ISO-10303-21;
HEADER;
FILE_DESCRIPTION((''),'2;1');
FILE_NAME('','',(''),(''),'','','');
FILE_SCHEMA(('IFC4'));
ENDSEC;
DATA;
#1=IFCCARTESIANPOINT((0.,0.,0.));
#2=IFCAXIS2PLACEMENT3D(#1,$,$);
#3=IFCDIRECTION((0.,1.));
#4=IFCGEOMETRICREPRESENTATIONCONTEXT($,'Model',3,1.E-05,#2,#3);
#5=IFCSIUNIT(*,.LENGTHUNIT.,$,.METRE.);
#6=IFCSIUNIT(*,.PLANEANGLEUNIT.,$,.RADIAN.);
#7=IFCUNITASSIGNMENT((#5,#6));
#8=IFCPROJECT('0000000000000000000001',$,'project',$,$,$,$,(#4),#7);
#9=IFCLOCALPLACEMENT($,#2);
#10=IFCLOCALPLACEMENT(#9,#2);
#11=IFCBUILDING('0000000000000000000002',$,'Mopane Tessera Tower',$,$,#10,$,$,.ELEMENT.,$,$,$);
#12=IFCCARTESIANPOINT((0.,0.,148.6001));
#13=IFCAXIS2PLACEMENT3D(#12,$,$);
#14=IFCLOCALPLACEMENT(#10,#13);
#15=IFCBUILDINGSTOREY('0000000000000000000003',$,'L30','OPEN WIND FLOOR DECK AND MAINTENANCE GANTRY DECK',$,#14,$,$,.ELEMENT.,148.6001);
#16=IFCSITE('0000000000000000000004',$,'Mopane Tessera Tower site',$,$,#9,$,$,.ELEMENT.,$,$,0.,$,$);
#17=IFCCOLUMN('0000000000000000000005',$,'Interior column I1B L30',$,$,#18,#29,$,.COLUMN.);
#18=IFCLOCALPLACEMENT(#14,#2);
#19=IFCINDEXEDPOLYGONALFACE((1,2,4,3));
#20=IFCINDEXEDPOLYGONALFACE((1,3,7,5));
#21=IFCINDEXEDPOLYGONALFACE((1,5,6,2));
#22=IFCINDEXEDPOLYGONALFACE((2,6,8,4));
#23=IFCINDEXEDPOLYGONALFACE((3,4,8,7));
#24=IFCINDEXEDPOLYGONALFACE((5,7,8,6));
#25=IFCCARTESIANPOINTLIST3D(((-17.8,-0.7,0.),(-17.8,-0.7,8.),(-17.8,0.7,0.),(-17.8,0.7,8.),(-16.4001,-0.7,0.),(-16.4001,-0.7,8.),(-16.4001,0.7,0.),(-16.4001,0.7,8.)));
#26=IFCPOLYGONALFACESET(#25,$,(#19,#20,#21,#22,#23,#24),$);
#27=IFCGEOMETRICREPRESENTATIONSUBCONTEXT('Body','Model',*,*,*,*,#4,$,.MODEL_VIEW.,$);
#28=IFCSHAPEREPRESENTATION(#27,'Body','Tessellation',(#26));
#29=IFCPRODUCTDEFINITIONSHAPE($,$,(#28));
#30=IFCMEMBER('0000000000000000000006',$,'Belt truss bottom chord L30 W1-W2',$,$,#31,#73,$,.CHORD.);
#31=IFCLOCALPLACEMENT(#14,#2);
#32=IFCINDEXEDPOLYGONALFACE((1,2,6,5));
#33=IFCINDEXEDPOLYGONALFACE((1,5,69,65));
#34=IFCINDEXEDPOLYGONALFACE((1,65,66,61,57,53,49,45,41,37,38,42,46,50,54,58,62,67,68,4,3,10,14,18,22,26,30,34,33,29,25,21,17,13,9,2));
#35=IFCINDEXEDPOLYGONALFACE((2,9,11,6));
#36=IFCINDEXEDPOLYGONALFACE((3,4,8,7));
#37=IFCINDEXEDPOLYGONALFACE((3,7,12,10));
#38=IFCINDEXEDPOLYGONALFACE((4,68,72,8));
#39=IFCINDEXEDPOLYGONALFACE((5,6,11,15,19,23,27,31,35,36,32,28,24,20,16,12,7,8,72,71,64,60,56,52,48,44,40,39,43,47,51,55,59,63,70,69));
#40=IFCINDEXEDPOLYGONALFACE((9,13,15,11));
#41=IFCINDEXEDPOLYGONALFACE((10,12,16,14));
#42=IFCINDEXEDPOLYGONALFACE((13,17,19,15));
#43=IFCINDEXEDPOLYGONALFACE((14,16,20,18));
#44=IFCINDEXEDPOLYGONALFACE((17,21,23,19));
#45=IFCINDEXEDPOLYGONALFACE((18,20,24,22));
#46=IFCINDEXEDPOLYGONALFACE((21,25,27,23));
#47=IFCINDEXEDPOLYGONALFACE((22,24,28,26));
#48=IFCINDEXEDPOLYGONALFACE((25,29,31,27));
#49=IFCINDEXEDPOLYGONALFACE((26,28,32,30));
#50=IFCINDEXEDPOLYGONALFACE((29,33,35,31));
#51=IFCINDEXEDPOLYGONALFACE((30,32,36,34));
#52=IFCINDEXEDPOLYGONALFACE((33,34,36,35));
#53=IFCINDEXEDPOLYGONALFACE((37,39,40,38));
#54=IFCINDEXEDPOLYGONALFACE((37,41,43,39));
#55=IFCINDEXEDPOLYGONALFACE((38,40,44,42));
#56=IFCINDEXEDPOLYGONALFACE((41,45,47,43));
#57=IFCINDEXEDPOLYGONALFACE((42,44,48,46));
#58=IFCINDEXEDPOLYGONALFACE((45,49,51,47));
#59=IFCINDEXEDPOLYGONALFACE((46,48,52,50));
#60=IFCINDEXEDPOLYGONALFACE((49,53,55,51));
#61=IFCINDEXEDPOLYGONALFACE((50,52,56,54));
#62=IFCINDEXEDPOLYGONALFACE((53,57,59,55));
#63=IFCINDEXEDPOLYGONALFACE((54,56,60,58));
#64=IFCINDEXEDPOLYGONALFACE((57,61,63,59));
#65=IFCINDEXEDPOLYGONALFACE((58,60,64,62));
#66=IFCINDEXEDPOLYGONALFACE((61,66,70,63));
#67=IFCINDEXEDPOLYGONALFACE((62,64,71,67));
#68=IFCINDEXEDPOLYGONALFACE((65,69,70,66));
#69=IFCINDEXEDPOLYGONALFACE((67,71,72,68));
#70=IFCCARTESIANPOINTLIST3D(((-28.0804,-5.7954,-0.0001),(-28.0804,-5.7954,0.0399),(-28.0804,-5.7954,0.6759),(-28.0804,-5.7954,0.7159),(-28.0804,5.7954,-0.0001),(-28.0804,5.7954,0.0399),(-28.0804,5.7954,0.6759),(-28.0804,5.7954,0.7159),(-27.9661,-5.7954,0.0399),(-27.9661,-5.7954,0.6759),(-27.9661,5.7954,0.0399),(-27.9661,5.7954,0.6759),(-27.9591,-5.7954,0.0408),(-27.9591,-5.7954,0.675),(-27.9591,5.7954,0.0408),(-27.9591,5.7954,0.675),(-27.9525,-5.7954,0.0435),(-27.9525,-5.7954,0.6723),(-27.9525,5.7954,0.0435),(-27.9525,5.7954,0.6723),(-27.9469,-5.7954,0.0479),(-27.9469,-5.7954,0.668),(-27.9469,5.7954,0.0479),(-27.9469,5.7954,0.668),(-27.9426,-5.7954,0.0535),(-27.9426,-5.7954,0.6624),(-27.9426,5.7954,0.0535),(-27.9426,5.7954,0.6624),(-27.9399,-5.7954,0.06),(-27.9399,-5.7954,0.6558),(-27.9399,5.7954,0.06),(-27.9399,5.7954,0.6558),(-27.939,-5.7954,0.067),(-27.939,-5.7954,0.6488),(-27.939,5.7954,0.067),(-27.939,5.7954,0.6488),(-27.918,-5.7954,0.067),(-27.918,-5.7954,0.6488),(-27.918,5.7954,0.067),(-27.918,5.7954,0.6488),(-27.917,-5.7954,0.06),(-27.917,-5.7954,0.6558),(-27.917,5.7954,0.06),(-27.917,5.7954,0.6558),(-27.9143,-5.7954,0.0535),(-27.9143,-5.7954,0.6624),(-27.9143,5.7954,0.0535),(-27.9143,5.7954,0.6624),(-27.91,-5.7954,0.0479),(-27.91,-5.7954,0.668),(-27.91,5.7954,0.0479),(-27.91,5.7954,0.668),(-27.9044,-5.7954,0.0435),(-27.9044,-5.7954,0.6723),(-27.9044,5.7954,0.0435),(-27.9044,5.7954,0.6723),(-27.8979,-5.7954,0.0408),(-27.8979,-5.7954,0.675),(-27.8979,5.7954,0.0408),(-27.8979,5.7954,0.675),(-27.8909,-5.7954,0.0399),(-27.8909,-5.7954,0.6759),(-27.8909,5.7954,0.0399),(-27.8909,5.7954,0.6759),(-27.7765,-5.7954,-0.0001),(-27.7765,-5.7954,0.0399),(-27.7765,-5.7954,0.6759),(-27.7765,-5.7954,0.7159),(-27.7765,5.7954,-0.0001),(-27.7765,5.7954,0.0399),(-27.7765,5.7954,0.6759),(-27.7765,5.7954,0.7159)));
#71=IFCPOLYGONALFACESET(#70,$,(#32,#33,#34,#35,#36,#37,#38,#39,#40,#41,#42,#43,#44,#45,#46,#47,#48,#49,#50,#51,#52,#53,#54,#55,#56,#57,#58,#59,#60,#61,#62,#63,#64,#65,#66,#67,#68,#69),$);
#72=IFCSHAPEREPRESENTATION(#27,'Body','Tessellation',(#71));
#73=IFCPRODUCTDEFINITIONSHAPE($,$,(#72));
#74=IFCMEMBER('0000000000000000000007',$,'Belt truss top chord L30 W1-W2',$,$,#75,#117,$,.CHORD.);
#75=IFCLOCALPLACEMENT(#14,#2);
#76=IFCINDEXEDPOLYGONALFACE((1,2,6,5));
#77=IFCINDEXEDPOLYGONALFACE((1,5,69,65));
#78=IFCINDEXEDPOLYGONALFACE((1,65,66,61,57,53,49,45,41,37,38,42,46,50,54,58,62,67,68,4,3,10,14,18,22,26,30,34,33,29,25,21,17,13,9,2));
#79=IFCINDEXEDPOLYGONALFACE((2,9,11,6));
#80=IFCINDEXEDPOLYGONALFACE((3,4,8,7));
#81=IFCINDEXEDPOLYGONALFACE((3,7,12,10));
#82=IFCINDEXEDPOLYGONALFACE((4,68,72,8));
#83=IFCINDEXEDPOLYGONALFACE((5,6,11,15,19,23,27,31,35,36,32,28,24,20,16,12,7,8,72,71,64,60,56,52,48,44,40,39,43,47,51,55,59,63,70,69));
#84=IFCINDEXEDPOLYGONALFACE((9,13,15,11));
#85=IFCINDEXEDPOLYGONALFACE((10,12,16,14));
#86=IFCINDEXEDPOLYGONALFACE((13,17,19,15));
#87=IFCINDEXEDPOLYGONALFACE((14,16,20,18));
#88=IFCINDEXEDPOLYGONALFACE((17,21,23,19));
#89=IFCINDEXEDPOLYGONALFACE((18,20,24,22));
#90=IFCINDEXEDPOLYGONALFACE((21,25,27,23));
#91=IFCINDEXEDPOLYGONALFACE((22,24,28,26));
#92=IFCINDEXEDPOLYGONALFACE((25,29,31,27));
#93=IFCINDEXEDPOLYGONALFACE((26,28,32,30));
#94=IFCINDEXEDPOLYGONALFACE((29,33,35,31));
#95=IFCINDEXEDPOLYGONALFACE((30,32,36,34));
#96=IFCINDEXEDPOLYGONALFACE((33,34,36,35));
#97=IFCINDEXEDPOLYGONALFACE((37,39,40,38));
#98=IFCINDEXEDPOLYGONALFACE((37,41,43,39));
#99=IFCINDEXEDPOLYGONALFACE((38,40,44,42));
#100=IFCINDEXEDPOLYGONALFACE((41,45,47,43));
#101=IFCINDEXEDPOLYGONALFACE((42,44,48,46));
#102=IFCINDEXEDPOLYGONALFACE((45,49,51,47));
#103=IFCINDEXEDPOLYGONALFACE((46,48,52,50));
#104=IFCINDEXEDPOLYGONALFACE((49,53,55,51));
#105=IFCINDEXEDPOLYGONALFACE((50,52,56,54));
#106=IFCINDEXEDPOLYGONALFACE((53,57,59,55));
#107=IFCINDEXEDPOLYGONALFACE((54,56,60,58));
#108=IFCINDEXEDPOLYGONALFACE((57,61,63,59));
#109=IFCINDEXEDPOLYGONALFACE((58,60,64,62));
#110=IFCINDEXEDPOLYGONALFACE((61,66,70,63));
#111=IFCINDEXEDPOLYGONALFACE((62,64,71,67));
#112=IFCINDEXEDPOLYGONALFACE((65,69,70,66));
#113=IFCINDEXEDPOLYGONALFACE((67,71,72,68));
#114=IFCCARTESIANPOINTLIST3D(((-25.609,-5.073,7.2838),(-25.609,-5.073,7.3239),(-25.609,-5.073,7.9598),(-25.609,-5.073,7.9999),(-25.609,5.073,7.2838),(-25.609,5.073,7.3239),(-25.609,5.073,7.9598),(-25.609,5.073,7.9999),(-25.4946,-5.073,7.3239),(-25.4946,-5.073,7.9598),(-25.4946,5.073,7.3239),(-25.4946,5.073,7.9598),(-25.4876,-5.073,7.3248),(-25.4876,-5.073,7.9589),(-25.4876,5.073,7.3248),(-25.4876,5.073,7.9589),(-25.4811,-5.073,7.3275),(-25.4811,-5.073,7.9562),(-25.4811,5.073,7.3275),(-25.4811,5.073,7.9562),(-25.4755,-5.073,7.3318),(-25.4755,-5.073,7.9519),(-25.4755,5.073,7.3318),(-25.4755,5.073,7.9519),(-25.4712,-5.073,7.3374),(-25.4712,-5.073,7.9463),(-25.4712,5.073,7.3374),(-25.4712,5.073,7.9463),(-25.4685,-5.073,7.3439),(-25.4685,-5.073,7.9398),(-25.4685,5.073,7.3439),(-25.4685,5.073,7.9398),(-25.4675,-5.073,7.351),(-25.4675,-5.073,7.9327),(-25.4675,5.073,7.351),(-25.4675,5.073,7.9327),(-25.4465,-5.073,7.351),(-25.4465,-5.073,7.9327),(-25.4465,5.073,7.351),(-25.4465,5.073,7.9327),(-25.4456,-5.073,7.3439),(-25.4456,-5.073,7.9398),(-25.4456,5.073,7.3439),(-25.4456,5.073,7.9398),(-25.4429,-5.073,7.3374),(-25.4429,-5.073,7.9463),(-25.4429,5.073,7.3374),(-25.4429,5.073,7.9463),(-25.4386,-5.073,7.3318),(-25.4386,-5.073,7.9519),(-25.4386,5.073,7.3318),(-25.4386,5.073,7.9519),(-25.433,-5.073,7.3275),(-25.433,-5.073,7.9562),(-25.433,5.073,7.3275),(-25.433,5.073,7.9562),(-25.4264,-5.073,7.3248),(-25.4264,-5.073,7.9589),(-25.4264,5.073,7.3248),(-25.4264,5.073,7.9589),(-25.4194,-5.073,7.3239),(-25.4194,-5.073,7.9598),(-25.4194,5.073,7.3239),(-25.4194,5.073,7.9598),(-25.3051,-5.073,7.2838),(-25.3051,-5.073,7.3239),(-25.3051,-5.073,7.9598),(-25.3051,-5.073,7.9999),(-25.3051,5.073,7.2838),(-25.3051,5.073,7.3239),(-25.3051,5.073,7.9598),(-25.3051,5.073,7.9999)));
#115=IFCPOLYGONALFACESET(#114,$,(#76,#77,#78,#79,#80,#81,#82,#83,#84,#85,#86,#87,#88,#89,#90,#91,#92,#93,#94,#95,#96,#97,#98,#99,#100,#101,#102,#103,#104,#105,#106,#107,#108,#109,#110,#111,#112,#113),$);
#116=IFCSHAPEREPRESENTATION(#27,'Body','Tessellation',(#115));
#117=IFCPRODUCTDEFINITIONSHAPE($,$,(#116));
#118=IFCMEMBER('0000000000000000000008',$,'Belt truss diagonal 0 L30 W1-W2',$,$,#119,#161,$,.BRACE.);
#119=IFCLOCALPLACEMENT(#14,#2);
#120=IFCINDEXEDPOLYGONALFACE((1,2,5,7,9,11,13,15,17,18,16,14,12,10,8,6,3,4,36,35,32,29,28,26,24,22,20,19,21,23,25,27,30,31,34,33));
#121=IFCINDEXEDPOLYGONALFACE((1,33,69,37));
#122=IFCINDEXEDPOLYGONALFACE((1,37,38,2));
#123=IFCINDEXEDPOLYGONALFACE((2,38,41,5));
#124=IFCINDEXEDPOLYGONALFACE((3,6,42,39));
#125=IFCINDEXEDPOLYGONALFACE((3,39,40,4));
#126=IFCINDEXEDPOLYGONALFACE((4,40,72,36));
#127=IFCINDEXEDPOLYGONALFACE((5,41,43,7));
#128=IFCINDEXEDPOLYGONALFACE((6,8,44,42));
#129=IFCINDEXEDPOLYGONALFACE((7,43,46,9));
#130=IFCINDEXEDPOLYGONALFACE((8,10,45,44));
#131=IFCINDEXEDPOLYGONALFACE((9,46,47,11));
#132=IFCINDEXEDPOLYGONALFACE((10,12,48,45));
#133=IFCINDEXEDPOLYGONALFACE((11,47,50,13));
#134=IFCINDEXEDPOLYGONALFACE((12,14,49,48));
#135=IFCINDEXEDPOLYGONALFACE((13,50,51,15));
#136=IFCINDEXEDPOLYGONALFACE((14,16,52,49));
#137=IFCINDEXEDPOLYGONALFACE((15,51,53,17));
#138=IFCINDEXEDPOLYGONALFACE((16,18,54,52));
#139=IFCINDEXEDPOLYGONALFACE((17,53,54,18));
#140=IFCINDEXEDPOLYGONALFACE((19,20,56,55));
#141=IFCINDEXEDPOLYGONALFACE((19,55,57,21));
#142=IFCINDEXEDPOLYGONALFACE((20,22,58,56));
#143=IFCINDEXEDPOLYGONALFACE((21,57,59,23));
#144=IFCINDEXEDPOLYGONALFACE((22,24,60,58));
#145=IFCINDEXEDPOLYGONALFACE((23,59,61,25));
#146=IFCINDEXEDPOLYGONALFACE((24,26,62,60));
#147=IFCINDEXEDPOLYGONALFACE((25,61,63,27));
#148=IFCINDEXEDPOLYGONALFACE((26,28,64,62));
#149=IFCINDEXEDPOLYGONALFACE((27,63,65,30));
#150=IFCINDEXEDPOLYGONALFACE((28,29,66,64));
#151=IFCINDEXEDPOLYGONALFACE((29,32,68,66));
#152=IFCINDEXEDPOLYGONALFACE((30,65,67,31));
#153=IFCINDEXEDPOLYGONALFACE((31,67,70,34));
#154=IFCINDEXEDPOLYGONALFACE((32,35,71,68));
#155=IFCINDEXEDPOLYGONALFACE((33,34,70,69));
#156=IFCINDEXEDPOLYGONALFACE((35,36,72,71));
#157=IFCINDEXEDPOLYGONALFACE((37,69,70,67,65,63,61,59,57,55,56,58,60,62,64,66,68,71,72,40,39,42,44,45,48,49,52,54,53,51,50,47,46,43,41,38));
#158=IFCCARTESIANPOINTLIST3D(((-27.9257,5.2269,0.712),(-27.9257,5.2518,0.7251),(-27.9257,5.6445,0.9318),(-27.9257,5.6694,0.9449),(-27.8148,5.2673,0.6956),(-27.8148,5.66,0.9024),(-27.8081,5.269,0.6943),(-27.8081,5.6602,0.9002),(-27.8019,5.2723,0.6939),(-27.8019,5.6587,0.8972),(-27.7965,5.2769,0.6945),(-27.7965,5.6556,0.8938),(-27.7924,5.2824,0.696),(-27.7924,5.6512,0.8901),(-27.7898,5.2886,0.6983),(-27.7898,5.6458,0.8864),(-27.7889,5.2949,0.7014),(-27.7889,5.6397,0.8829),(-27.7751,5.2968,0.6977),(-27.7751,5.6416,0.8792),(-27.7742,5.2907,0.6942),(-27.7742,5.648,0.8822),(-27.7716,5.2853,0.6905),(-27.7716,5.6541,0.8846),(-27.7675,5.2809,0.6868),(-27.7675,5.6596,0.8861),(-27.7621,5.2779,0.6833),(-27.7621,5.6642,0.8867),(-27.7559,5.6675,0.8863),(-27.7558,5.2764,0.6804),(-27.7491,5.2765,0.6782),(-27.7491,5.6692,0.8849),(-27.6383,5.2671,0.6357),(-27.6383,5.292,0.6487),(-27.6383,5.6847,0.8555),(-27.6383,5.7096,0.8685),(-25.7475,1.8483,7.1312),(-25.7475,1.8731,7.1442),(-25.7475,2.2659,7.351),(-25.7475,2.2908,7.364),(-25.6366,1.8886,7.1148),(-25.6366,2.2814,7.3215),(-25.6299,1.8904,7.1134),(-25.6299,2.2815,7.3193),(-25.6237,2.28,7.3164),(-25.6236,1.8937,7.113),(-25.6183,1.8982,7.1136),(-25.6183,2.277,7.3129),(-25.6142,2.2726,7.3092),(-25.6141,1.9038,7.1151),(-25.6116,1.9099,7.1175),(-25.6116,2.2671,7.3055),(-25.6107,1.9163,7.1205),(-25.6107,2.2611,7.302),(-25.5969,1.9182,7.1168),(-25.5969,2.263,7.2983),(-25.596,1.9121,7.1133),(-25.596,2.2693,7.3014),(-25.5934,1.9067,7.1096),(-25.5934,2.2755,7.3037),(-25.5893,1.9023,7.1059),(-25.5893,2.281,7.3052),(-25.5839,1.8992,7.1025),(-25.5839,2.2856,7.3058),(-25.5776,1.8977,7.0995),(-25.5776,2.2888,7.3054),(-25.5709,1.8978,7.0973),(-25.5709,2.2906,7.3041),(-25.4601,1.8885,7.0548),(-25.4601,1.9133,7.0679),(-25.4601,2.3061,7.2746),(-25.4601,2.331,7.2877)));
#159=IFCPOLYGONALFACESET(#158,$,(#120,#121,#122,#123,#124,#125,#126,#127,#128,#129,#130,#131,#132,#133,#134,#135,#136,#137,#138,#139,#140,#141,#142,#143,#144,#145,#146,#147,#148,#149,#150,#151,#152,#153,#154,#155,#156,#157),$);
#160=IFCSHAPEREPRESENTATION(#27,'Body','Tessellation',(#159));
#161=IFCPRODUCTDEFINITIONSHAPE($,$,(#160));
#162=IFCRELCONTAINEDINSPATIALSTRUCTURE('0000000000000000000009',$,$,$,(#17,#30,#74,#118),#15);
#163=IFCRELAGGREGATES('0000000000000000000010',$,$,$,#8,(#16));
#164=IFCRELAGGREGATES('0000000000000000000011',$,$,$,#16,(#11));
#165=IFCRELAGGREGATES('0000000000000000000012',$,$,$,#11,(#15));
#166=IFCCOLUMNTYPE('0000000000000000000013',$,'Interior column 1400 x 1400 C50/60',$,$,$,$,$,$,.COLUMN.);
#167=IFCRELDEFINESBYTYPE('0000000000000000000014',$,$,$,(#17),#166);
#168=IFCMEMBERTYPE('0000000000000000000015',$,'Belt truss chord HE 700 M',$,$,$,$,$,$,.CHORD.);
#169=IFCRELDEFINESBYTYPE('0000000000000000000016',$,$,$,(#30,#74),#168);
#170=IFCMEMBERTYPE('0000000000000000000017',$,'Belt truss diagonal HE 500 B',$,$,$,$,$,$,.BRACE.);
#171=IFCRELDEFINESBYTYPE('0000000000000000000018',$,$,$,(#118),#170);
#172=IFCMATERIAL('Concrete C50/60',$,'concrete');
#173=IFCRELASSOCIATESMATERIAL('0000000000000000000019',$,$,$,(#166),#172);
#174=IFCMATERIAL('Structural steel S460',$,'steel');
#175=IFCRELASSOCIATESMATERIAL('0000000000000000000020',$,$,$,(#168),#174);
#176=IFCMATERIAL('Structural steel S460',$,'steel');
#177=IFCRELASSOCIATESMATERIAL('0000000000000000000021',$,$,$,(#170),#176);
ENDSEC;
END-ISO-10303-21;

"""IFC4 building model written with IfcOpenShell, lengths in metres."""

from ifc_helpers import new_model, si_unit, direction, frame, origin, origin_2d, place, context, subcontext, project, spatial, rectangle, i_section, extrude, material, material_profile, profile_set, type_object, element, save


model = new_model("IFC4")

# Units and contexts
model_context = context("Model", 3, precision=1e-05, world=origin(), true_north=direction((0.0, 1.0)))
body_context = subcontext(model_context, "Body", "Model", "MODEL_VIEW")
ifc_project = project(units=[si_unit("LENGTHUNIT", "METRE"), si_unit("PLANEANGLEUNIT", "RADIAN")], contexts=[model_context])

# Site, building, storey
site_placement = place(None, origin())
site = spatial("IfcSite", under=ifc_project, at=site_placement, Name="Mopane Tessera Tower site", CompositionType="ELEMENT", RefElevation=0.0)
building_placement = place(site_placement, origin())
building = spatial("IfcBuilding", under=site, at=building_placement, Name="Mopane Tessera Tower", CompositionType="ELEMENT")
storey_placement = place(building_placement, frame((0.0, 0.0, 148.6001)))
storey = spatial("IfcBuildingStorey", under=building, at=storey_placement, Name="L30", Description="OPEN WIND FLOOR DECK AND MAINTENANCE GANTRY DECK", CompositionType="ELEMENT", Elevation=148.6001)

# Column
ifc_material_1 = material(Name="Concrete C50/60", Category="concrete")
ifc_material_profile_1 = material_profile(ifc_material_1, rectangle(XDim=1.3999, YDim=1.3999, at=origin_2d()))
ifc_profile_set_1 = profile_set([ifc_material_profile_1], Name="Concrete C50/60")
column_type = type_object("IfcColumnType", Name="Interior column 1400 x 1400 C50/60", PredefinedType="COLUMN", material=ifc_profile_set_1)
column_placement = place(storey_placement, frame((-17.1001, 0.0, 0.0), z_axis=(0.0, 0.0, 1.0), x_axis=(1.0, 0.0, 0.0)))
element("IfcColumn", 1, at=column_placement, inside=storey, type_object=column_type, Name="Interior column I1B L30", PredefinedType="COLUMN", context=body_context, shape_type="SweptSolid", body=[
    extrude(rectangle(XDim=1.3999, YDim=1.3999, at=origin_2d()), origin(), (0.0, 0.0, 1.0), 8.0),
])

# Members
ifc_material_2 = material(Name="Structural steel S460", Category="steel")
ifc_material_profile_2 = material_profile(ifc_material_2, i_section(OverallWidth=0.304, OverallDepth=0.7161, WebThickness=0.021, FlangeThickness=0.04, FilletRadius=0.0271, at=origin_2d()))
ifc_profile_set_2 = profile_set([ifc_material_profile_2], Name="Structural steel S460")
member_type_1 = type_object("IfcMemberType", Name="Belt truss chord HE 700 M", PredefinedType="CHORD", material=ifc_profile_set_2)
member_1_placement = place(storey_placement, frame((-27.9285, 5.7954, 0.3579), z_axis=(0.0, -1.0, 0.0), x_axis=(1.0, 0.0, 0.0)))
element("IfcMember", 2, at=member_1_placement, inside=storey, type_object=member_type_1, Name="Belt truss bottom chord L30 W1-W2", PredefinedType="CHORD", context=body_context, shape_type="SweptSolid", body=[
    extrude(i_section(OverallWidth=0.304, OverallDepth=0.7161, WebThickness=0.021, FlangeThickness=0.04, FilletRadius=0.0271, at=origin_2d()), origin(), (0.0, 0.0, 1.0), 11.5908),
])
member_2_placement = place(storey_placement, frame((-25.457, 5.073, 7.6418), z_axis=(0.0, -1.0, 0.0), x_axis=(1.0, 0.0, 0.0)))
element("IfcMember", 3, at=member_2_placement, inside=storey, type_object=member_type_1, Name="Belt truss top chord L30 W1-W2", PredefinedType="CHORD", context=body_context, shape_type="SweptSolid", body=[
    extrude(i_section(OverallWidth=0.304, OverallDepth=0.7161, WebThickness=0.021, FlangeThickness=0.04, FilletRadius=0.0271, at=origin_2d()), origin(), (0.0, 0.0, 1.0), 10.146),
])
ifc_material_3 = material(Name="Structural steel S460", Category="steel")
ifc_material_profile_3 = material_profile(ifc_material_3, i_section(OverallWidth=0.3, OverallDepth=0.5, WebThickness=0.0144, FlangeThickness=0.0281, FilletRadius=0.0271, at=origin_2d()))
ifc_profile_set_3 = profile_set([ifc_material_profile_3], Name="Structural steel S460")
member_type_2 = type_object("IfcMemberType", Name="Belt truss diagonal HE 500 B", PredefinedType="BRACE", material=ifc_profile_set_3)
member_3_placement = place(storey_placement, frame((-27.782, 5.4683, 0.7903), z_axis=(0.287591, -0.446085, 0.847526), x_axis=(0.957753, 0.133965, -0.254484)))
element("IfcMember", 4, at=member_3_placement, inside=storey, type_object=member_type_2, Name="Belt truss diagonal 0 L30 W1-W2", PredefinedType="BRACE", context=body_context, shape_type="SweptSolid", body=[
    extrude(i_section(OverallWidth=0.3, OverallDepth=0.5, WebThickness=0.0144, FlangeThickness=0.0281, FilletRadius=0.0271, at=origin_2d()), origin(), (0.0, 0.0, 1.0), 7.574),
])

save(model, "model.ifc")
